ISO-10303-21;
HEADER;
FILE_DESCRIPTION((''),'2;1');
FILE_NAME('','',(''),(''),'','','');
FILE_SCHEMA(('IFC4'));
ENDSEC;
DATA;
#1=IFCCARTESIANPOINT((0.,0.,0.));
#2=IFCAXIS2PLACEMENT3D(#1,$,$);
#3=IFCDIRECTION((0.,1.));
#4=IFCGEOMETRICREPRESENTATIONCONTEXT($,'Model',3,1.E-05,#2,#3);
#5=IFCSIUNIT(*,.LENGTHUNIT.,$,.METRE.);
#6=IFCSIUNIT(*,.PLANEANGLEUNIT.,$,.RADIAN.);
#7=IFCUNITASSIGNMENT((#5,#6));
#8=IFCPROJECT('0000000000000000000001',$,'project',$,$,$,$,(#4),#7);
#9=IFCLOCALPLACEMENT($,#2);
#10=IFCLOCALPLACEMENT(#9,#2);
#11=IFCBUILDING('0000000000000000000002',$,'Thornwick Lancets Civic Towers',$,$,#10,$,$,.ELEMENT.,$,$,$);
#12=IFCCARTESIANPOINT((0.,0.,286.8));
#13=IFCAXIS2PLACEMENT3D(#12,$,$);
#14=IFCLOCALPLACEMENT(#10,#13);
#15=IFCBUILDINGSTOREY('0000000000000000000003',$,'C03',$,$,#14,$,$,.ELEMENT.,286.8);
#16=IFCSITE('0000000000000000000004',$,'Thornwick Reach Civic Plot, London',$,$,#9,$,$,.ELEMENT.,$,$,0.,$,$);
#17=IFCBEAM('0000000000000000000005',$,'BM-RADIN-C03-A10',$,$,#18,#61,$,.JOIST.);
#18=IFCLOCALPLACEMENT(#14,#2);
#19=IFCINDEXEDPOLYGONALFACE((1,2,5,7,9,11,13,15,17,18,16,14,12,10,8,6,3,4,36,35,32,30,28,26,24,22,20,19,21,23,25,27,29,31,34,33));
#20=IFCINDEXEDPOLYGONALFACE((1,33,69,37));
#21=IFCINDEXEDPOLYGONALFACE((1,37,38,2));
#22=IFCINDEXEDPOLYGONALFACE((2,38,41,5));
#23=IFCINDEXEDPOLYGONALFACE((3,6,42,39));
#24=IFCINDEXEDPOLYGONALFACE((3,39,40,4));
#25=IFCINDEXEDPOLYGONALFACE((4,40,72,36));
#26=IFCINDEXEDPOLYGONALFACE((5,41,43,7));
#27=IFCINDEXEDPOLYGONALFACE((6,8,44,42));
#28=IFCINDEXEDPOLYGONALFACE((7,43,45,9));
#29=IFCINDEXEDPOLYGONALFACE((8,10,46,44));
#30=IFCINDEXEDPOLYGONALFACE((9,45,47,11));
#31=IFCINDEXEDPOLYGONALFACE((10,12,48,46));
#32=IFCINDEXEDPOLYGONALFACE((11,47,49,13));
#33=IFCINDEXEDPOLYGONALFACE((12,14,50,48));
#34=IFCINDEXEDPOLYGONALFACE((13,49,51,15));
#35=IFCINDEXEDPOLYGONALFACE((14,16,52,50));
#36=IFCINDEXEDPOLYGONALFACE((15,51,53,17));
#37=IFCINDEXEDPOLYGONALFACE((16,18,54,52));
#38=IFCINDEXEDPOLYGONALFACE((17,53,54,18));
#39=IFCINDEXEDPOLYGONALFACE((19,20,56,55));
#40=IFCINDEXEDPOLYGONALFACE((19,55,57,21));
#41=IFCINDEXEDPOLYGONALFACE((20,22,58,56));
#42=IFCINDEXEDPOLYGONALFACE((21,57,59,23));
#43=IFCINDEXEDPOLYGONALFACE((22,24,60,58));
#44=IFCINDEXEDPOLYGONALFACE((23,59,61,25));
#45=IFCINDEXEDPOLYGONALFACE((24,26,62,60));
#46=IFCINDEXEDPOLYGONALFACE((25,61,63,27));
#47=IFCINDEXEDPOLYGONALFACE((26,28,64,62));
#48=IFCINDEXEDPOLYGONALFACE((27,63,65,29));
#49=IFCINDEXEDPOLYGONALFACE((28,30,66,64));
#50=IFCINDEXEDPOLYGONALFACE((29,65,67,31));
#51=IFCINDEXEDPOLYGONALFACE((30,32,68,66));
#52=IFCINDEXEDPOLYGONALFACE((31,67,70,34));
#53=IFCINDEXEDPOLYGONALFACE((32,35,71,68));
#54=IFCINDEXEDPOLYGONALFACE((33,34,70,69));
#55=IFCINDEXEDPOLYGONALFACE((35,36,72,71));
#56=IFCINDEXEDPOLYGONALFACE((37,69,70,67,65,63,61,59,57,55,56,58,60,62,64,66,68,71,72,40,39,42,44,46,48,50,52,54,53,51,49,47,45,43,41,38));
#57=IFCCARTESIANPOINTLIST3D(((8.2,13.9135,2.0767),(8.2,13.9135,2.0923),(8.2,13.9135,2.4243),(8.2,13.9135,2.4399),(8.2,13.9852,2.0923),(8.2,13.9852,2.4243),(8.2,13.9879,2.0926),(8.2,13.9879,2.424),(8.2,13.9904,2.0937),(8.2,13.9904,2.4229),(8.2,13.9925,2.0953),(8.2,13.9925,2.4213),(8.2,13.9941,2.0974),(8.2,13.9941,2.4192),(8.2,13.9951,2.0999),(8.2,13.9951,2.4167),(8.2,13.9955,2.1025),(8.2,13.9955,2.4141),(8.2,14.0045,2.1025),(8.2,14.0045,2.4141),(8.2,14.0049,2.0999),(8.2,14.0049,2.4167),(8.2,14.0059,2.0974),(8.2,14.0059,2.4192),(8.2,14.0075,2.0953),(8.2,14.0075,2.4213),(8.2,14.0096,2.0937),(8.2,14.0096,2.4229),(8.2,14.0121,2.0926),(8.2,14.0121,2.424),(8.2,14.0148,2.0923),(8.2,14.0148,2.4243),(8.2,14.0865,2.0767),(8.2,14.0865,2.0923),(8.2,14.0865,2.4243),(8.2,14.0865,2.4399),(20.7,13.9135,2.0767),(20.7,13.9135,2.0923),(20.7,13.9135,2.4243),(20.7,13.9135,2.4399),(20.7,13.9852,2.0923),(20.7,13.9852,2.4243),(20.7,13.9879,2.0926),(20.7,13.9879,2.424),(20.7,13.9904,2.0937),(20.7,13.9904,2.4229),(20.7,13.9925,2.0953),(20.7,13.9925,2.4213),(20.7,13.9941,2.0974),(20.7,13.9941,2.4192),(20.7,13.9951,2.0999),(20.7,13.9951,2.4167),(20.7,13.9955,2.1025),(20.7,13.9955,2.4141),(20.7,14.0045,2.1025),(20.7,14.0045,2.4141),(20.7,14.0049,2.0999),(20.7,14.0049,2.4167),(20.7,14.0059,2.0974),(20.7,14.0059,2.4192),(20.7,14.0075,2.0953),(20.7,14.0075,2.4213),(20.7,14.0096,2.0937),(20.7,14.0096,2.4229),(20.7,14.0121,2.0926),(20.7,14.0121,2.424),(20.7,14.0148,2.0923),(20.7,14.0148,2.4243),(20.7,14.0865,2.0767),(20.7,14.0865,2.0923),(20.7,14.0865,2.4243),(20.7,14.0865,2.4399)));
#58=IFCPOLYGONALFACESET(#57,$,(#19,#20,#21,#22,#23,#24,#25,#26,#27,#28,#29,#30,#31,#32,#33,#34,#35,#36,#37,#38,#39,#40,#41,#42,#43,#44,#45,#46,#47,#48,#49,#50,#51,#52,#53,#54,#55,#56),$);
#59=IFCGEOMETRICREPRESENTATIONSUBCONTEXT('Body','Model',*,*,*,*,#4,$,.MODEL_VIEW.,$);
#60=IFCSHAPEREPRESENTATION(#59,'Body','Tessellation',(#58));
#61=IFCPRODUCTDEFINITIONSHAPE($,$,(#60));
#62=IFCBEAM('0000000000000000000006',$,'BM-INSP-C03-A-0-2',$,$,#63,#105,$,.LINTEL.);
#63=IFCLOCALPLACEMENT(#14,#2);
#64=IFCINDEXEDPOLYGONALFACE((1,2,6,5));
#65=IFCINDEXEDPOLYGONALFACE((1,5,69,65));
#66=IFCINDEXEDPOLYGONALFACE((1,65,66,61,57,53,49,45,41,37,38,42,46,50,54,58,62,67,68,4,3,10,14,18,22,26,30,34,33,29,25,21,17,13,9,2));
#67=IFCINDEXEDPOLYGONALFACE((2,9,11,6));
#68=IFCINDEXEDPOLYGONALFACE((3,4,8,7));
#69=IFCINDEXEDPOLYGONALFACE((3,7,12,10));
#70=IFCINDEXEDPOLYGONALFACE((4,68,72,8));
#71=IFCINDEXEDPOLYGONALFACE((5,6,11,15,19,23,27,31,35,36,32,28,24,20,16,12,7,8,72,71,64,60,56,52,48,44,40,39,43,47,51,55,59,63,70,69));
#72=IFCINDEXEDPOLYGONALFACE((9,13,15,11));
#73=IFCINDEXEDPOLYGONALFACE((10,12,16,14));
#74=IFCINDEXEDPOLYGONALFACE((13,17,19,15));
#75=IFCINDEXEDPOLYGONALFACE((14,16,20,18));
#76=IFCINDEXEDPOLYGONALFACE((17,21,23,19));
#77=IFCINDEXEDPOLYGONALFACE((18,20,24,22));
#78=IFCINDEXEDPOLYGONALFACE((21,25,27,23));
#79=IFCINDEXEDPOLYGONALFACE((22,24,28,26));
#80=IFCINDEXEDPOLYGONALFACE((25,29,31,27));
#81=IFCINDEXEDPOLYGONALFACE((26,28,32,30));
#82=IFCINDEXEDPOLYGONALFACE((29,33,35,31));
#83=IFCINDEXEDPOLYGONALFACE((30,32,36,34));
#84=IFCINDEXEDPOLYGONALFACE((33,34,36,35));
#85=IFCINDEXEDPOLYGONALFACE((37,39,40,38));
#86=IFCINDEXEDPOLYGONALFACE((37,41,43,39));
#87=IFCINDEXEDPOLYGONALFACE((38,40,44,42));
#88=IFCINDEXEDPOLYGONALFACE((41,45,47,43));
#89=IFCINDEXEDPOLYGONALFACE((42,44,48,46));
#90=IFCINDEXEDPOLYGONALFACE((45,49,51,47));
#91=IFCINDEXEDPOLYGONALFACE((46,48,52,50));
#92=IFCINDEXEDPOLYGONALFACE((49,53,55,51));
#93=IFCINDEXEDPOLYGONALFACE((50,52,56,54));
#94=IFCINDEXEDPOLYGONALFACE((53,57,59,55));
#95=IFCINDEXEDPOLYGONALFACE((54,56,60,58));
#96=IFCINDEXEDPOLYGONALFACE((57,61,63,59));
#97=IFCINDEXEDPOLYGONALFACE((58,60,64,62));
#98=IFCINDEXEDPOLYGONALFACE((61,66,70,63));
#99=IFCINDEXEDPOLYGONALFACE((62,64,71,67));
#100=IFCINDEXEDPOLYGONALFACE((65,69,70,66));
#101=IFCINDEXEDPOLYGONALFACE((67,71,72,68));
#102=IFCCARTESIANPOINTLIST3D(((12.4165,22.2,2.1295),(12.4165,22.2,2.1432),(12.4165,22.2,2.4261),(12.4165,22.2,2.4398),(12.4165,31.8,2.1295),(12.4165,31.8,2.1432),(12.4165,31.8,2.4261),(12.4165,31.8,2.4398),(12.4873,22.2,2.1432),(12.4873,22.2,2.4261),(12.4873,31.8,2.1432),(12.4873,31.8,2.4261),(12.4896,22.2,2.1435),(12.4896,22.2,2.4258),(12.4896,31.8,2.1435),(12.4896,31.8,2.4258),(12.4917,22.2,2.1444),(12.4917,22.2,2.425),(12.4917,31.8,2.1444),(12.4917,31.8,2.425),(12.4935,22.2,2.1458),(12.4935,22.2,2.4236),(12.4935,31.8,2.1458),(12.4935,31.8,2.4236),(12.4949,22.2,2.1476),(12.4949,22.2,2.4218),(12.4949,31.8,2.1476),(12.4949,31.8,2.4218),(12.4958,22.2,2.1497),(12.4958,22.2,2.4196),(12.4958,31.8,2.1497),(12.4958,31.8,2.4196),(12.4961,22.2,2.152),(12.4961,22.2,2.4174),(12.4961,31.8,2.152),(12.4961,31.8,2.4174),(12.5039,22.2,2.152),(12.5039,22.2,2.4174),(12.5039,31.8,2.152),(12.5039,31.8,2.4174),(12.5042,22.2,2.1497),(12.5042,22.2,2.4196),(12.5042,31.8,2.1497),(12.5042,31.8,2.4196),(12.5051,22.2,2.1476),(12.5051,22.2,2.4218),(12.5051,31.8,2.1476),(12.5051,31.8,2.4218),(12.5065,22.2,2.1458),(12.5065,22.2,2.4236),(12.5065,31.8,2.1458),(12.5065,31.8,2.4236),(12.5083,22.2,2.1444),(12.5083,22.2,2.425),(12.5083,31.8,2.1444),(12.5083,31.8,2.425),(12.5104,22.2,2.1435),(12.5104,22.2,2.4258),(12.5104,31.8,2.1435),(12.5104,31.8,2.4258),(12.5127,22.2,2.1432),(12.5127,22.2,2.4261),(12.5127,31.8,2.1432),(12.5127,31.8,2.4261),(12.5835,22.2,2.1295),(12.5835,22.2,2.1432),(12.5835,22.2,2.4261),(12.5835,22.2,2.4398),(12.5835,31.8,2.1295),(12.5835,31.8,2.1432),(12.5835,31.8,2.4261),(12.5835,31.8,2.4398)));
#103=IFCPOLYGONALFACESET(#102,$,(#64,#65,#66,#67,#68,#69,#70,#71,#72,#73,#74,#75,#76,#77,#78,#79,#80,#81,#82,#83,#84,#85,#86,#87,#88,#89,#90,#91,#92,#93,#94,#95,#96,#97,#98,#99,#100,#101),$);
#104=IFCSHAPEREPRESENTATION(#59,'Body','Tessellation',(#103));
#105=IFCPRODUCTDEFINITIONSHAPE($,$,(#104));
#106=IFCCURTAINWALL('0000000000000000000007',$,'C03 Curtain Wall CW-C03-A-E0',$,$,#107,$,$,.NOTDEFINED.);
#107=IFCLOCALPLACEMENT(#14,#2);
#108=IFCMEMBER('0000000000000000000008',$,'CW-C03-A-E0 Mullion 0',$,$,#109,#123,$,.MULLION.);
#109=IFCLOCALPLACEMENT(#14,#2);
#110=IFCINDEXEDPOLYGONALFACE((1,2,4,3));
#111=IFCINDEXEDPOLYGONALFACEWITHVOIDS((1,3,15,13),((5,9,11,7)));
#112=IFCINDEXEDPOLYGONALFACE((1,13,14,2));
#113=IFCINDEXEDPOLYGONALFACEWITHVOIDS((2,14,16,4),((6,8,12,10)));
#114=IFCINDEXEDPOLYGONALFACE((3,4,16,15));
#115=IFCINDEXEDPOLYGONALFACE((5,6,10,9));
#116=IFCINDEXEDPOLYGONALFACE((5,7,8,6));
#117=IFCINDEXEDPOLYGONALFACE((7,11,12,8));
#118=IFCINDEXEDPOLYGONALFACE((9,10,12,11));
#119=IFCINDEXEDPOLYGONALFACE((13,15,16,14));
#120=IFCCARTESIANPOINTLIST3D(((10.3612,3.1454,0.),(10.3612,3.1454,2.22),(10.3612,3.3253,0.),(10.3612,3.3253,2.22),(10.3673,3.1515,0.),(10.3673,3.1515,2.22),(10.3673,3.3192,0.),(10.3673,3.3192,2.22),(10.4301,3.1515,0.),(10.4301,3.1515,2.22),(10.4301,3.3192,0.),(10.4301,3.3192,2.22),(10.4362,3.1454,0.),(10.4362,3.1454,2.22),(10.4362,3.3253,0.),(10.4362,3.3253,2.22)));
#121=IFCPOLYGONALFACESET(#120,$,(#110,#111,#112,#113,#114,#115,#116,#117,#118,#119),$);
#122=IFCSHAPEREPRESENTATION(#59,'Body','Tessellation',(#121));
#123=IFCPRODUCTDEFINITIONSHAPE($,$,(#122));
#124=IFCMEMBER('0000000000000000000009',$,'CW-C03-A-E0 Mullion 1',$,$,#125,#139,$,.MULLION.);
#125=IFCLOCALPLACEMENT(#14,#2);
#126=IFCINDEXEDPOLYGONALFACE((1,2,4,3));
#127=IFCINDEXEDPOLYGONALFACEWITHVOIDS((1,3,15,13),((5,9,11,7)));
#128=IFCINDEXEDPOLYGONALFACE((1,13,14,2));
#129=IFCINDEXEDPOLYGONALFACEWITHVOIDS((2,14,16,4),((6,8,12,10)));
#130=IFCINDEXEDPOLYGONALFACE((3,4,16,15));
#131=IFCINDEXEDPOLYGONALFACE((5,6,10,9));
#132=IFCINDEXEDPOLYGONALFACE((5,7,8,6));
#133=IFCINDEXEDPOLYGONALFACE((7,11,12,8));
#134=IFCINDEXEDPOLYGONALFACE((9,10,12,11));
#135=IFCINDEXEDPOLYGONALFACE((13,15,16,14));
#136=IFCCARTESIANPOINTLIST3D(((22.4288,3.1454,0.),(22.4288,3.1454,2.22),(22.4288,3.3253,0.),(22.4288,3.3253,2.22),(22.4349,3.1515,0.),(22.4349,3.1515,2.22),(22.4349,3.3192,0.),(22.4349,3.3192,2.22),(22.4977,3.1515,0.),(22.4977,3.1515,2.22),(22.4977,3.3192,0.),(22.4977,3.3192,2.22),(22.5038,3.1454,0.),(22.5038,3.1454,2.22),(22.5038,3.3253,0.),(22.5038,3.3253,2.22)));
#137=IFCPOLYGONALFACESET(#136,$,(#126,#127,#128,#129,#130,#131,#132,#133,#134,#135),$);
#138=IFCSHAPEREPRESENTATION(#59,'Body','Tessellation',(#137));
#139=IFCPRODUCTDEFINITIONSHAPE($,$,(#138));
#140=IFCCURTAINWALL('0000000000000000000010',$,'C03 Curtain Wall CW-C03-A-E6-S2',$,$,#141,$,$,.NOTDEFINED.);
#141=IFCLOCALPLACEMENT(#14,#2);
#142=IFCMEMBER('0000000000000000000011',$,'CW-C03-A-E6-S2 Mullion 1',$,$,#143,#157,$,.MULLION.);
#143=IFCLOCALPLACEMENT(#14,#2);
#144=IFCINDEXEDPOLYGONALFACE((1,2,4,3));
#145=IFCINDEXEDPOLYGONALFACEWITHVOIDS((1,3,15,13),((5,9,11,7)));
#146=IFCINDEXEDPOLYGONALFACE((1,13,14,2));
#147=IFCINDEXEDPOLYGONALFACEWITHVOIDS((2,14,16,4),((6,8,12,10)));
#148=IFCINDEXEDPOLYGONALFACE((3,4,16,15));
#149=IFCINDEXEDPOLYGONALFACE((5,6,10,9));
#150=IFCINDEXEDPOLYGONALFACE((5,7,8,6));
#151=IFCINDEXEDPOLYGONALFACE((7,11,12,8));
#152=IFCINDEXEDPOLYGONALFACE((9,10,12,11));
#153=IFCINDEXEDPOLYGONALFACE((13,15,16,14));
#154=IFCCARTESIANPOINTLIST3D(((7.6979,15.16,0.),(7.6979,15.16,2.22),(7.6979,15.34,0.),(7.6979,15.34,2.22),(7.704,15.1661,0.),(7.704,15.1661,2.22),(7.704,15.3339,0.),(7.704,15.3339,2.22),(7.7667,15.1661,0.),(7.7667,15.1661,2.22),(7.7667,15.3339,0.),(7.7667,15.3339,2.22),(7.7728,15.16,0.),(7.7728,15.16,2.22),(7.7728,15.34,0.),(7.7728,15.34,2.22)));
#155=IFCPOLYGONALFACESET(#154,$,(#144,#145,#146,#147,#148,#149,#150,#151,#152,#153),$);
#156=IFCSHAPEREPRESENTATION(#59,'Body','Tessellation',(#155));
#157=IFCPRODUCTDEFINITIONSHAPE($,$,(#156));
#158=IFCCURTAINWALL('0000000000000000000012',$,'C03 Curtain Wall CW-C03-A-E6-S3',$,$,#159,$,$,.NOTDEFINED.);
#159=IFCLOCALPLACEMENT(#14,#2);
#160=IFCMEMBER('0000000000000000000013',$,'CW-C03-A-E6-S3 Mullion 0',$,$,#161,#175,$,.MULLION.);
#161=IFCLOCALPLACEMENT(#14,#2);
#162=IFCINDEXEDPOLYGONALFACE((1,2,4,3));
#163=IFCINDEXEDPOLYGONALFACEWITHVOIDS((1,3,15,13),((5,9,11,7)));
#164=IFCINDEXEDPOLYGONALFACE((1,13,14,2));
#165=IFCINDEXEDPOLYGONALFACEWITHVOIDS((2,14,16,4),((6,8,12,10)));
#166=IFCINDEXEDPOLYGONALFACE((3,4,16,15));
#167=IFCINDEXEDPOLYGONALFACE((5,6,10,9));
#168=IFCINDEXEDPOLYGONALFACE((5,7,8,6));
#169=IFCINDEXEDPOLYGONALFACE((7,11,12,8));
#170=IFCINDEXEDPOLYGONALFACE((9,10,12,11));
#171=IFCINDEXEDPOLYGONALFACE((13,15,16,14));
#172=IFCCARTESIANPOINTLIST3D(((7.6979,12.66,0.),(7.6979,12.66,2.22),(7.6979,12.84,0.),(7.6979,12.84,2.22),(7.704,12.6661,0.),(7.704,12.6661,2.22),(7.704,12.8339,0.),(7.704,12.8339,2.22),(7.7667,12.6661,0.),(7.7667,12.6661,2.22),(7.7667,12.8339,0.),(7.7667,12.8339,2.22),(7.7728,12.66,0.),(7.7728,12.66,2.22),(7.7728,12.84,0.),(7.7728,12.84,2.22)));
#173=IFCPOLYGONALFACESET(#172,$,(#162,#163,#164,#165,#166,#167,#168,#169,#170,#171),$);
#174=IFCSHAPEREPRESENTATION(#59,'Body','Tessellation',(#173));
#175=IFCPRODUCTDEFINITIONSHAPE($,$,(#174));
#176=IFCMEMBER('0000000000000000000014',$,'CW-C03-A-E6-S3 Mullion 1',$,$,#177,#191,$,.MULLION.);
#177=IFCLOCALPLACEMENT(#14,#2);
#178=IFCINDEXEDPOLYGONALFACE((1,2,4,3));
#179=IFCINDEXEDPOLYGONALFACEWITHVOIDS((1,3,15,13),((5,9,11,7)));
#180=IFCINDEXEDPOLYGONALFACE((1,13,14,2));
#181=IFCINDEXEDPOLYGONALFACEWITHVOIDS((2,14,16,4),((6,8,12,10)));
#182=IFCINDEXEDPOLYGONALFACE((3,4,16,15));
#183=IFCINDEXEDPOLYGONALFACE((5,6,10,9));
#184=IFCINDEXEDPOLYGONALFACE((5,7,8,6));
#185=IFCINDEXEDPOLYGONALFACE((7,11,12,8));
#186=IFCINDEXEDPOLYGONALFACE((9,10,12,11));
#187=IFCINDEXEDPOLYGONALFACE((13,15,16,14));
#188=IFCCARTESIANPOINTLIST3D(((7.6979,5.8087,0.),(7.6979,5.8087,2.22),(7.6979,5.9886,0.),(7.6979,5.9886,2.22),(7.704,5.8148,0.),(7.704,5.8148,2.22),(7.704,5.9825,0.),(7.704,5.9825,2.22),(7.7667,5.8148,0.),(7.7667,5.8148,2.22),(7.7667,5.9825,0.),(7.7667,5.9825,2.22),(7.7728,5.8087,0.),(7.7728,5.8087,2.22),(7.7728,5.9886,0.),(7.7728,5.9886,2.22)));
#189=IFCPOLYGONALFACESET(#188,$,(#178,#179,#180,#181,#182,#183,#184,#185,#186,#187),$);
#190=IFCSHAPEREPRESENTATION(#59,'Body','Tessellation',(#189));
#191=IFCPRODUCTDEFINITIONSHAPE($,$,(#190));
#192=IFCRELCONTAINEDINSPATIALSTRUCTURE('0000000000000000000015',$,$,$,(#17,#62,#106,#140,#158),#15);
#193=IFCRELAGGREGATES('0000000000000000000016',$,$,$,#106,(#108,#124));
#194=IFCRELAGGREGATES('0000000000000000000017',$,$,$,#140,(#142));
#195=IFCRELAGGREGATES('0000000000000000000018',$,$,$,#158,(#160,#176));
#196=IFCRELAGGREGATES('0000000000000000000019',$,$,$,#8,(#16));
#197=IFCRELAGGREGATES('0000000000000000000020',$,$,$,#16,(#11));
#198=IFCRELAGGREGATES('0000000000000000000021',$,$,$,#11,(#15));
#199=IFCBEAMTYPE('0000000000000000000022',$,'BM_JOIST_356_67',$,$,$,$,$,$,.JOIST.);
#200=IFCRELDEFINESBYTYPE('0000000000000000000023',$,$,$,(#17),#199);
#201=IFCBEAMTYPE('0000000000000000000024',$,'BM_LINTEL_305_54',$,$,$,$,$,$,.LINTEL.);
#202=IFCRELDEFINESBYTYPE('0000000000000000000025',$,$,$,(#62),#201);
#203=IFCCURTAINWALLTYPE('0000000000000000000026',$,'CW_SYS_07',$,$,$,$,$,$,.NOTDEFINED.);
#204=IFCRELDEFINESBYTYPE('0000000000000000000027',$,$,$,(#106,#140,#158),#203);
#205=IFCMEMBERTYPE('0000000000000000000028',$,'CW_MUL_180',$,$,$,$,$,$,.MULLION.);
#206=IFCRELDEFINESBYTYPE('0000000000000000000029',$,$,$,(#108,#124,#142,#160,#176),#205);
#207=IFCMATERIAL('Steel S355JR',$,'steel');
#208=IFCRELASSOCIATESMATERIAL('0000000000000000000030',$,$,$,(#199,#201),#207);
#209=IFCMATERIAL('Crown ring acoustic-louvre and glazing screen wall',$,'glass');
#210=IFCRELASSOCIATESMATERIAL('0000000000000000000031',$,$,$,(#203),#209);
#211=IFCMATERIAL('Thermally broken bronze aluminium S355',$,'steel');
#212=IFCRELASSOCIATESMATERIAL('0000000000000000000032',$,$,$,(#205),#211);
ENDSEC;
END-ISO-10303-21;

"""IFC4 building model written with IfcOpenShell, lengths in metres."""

from ifc_helpers import new_model, si_unit, direction, frame, origin, origin_2d, place, context, subcontext, project, spatial, hollow_rectangle, i_section, extrude, material, material_profile, profile_set, type_object, element, aggregate, save


model = new_model("IFC4")

# Units and contexts
model_context = context("Model", 3, precision=1e-05, world=origin(), true_north=direction((0.0, 1.0)))
body_context = subcontext(model_context, "Body", "Model", "MODEL_VIEW")
ifc_project = project(units=[si_unit("LENGTHUNIT", "METRE"), si_unit("PLANEANGLEUNIT", "RADIAN")], contexts=[model_context])

# Site, building, storey
site_placement = place(None, origin())
site = spatial("IfcSite", under=ifc_project, at=site_placement, Name="Thornwick Reach Civic Plot, London", CompositionType="ELEMENT", RefElevation=0.0)
building_placement = place(site_placement, origin())
building = spatial("IfcBuilding", under=site, at=building_placement, Name="Thornwick Lancets Civic Towers", CompositionType="ELEMENT")
storey_placement = place(building_placement, frame((0.0, 0.0, 286.8)))
storey = spatial("IfcBuildingStorey", under=building, at=storey_placement, Name="C03", CompositionType="ELEMENT", Elevation=286.8)

# Shared definitions
ifc_material_1 = material(Name="Steel S355JR", Category="steel")

# Beams
ifc_material_profile_1 = material_profile(ifc_material_1, i_section(OverallWidth=0.1731, OverallDepth=0.3633, WebThickness=0.009, FlangeThickness=0.0156, FilletRadius=0.0103, at=origin_2d()), Name="UKB 356x171x67")
ifc_profile_set_1 = profile_set([ifc_material_profile_1], Name="Steel S355JR")
beam_type_1 = type_object("IfcBeamType", Name="BM_JOIST_356_67", PredefinedType="JOIST", material=ifc_profile_set_1)
beam_1_placement = place(storey_placement, frame((20.7, 14.0, 2.2583), z_axis=(-1.0, 0.0, 0.0), x_axis=(0.0, -1.0, 0.0)))
element("IfcBeam", 1, at=beam_1_placement, inside=storey, type_object=beam_type_1, Name="BM-RADIN-C03-A10", PredefinedType="JOIST", context=body_context, shape_type="SweptSolid", body=[
    extrude(i_section(OverallWidth=0.1731, OverallDepth=0.3633, WebThickness=0.009, FlangeThickness=0.0156, FilletRadius=0.0103, at=origin_2d()), origin(), (0.0, 0.0, 1.0), 12.5),
])
ifc_material_profile_2 = material_profile(ifc_material_1, i_section(OverallWidth=0.167, OverallDepth=0.3103, WebThickness=0.0078, FlangeThickness=0.0137, FilletRadius=0.0088, at=origin_2d()), Name="UKB 305x165x54")
ifc_profile_set_2 = profile_set([ifc_material_profile_2], Name="Steel S355JR")
beam_type_2 = type_object("IfcBeamType", Name="BM_LINTEL_305_54", PredefinedType="LINTEL", material=ifc_profile_set_2)
beam_2_placement = place(storey_placement, frame((12.5, 22.2, 2.2847), z_axis=(0.0, 1.0, 0.0), x_axis=(-1.0, 0.0, 0.0)))
element("IfcBeam", 2, at=beam_2_placement, inside=storey, type_object=beam_type_2, Name="BM-INSP-C03-A-0-2", PredefinedType="LINTEL", context=body_context, shape_type="SweptSolid", body=[
    extrude(i_section(OverallWidth=0.167, OverallDepth=0.3103, WebThickness=0.0078, FlangeThickness=0.0137, FilletRadius=0.0088, at=origin_2d()), origin(), (0.0, 0.0, 1.0), 9.6001),
])

# Curtain wall, members
ifc_material_2 = material(Name="Crown ring acoustic-louvre and glazing screen wall", Category="glass")
curtain_wall_type = type_object("IfcCurtainWallType", Name="CW_SYS_07", PredefinedType="NOTDEFINED", material=ifc_material_2)
curtain_wall_1_placement = place(storey_placement, origin())
curtain_wall_1 = element("IfcCurtainWall", 3, at=curtain_wall_1_placement, inside=storey, type_object=curtain_wall_type, Name="C03 Curtain Wall CW-C03-A-E0", PredefinedType="NOTDEFINED")
ifc_material_3 = material(Name="Thermally broken bronze aluminium S355", Category="steel")
ifc_material_profile_3 = material_profile(ifc_material_3, hollow_rectangle(XDim=0.075, YDim=0.1799, WallThickness=0.0061, at=origin_2d()), Name="RHS 180x75x6")
ifc_profile_set_3 = profile_set([ifc_material_profile_3], Name="Thermally broken bronze aluminium S355")
member_type_1 = type_object("IfcMemberType", Name="CW_MUL_180", PredefinedType="MULLION", material=ifc_profile_set_3)
member_1_placement = place(storey_placement, frame((10.3987, 3.2354, 0.0), z_axis=(0.0, 0.0, 1.0), x_axis=(1.0, 0.0, 0.0)))
member_1 = element("IfcMember", 4, at=member_1_placement, type_object=member_type_1, Name="CW-C03-A-E0 Mullion 0", PredefinedType="MULLION", context=body_context, shape_type="SweptSolid", body=[
    extrude(hollow_rectangle(XDim=0.075, YDim=0.1799, WallThickness=0.0061, at=origin_2d()), origin(), (0.0, 0.0, 1.0), 2.22),
])
member_2_placement = place(storey_placement, frame((22.4663, 3.2354, 0.0), z_axis=(0.0, 0.0, 1.0), x_axis=(1.0, 0.0, 0.0)))
member_2 = element("IfcMember", 5, at=member_2_placement, type_object=member_type_1, Name="CW-C03-A-E0 Mullion 1", PredefinedType="MULLION", context=body_context, shape_type="SweptSolid", body=[
    extrude(hollow_rectangle(XDim=0.075, YDim=0.1799, WallThickness=0.0061, at=origin_2d()), origin(), (0.0, 0.0, 1.0), 2.22),
])

# Curtain wall, member
curtain_wall_2_placement = place(storey_placement, origin())
curtain_wall_2 = element("IfcCurtainWall", 6, at=curtain_wall_2_placement, inside=storey, type_object=curtain_wall_type, Name="C03 Curtain Wall CW-C03-A-E6-S2", PredefinedType="NOTDEFINED")
member_3_placement = place(storey_placement, frame((7.7354, 15.25, 0.0), z_axis=(0.0, 0.0, 1.0), x_axis=(1.0, 0.0, 0.0)))
member_3 = element("IfcMember", 7, at=member_3_placement, type_object=member_type_1, Name="CW-C03-A-E6-S2 Mullion 1", PredefinedType="MULLION", context=body_context, shape_type="SweptSolid", body=[
    extrude(hollow_rectangle(XDim=0.075, YDim=0.1799, WallThickness=0.0061, at=origin_2d()), origin(), (0.0, 0.0, 1.0), 2.22),
])

# Curtain wall, members
curtain_wall_3_placement = place(storey_placement, origin())
curtain_wall_3 = element("IfcCurtainWall", 8, at=curtain_wall_3_placement, inside=storey, type_object=curtain_wall_type, Name="C03 Curtain Wall CW-C03-A-E6-S3", PredefinedType="NOTDEFINED")
member_4_placement = place(storey_placement, frame((7.7354, 12.75, 0.0), z_axis=(0.0, 0.0, 1.0), x_axis=(1.0, 0.0, 0.0)))
member_4 = element("IfcMember", 9, at=member_4_placement, type_object=member_type_1, Name="CW-C03-A-E6-S3 Mullion 0", PredefinedType="MULLION", context=body_context, shape_type="SweptSolid", body=[
    extrude(hollow_rectangle(XDim=0.075, YDim=0.1799, WallThickness=0.0061, at=origin_2d()), origin(), (0.0, 0.0, 1.0), 2.22),
])
member_5_placement = place(storey_placement, frame((7.7354, 5.8987, 0.0), z_axis=(0.0, 0.0, 1.0), x_axis=(1.0, 0.0, 0.0)))
member_5 = element("IfcMember", 10, at=member_5_placement, type_object=member_type_1, Name="CW-C03-A-E6-S3 Mullion 1", PredefinedType="MULLION", context=body_context, shape_type="SweptSolid", body=[
    extrude(hollow_rectangle(XDim=0.075, YDim=0.1799, WallThickness=0.0061, at=origin_2d()), origin(), (0.0, 0.0, 1.0), 2.22),
])

aggregate(curtain_wall_1, [member_1, member_2])
aggregate(curtain_wall_2, [member_3])
aggregate(curtain_wall_3, [member_4, member_5])

save(model, "model.ifc")
